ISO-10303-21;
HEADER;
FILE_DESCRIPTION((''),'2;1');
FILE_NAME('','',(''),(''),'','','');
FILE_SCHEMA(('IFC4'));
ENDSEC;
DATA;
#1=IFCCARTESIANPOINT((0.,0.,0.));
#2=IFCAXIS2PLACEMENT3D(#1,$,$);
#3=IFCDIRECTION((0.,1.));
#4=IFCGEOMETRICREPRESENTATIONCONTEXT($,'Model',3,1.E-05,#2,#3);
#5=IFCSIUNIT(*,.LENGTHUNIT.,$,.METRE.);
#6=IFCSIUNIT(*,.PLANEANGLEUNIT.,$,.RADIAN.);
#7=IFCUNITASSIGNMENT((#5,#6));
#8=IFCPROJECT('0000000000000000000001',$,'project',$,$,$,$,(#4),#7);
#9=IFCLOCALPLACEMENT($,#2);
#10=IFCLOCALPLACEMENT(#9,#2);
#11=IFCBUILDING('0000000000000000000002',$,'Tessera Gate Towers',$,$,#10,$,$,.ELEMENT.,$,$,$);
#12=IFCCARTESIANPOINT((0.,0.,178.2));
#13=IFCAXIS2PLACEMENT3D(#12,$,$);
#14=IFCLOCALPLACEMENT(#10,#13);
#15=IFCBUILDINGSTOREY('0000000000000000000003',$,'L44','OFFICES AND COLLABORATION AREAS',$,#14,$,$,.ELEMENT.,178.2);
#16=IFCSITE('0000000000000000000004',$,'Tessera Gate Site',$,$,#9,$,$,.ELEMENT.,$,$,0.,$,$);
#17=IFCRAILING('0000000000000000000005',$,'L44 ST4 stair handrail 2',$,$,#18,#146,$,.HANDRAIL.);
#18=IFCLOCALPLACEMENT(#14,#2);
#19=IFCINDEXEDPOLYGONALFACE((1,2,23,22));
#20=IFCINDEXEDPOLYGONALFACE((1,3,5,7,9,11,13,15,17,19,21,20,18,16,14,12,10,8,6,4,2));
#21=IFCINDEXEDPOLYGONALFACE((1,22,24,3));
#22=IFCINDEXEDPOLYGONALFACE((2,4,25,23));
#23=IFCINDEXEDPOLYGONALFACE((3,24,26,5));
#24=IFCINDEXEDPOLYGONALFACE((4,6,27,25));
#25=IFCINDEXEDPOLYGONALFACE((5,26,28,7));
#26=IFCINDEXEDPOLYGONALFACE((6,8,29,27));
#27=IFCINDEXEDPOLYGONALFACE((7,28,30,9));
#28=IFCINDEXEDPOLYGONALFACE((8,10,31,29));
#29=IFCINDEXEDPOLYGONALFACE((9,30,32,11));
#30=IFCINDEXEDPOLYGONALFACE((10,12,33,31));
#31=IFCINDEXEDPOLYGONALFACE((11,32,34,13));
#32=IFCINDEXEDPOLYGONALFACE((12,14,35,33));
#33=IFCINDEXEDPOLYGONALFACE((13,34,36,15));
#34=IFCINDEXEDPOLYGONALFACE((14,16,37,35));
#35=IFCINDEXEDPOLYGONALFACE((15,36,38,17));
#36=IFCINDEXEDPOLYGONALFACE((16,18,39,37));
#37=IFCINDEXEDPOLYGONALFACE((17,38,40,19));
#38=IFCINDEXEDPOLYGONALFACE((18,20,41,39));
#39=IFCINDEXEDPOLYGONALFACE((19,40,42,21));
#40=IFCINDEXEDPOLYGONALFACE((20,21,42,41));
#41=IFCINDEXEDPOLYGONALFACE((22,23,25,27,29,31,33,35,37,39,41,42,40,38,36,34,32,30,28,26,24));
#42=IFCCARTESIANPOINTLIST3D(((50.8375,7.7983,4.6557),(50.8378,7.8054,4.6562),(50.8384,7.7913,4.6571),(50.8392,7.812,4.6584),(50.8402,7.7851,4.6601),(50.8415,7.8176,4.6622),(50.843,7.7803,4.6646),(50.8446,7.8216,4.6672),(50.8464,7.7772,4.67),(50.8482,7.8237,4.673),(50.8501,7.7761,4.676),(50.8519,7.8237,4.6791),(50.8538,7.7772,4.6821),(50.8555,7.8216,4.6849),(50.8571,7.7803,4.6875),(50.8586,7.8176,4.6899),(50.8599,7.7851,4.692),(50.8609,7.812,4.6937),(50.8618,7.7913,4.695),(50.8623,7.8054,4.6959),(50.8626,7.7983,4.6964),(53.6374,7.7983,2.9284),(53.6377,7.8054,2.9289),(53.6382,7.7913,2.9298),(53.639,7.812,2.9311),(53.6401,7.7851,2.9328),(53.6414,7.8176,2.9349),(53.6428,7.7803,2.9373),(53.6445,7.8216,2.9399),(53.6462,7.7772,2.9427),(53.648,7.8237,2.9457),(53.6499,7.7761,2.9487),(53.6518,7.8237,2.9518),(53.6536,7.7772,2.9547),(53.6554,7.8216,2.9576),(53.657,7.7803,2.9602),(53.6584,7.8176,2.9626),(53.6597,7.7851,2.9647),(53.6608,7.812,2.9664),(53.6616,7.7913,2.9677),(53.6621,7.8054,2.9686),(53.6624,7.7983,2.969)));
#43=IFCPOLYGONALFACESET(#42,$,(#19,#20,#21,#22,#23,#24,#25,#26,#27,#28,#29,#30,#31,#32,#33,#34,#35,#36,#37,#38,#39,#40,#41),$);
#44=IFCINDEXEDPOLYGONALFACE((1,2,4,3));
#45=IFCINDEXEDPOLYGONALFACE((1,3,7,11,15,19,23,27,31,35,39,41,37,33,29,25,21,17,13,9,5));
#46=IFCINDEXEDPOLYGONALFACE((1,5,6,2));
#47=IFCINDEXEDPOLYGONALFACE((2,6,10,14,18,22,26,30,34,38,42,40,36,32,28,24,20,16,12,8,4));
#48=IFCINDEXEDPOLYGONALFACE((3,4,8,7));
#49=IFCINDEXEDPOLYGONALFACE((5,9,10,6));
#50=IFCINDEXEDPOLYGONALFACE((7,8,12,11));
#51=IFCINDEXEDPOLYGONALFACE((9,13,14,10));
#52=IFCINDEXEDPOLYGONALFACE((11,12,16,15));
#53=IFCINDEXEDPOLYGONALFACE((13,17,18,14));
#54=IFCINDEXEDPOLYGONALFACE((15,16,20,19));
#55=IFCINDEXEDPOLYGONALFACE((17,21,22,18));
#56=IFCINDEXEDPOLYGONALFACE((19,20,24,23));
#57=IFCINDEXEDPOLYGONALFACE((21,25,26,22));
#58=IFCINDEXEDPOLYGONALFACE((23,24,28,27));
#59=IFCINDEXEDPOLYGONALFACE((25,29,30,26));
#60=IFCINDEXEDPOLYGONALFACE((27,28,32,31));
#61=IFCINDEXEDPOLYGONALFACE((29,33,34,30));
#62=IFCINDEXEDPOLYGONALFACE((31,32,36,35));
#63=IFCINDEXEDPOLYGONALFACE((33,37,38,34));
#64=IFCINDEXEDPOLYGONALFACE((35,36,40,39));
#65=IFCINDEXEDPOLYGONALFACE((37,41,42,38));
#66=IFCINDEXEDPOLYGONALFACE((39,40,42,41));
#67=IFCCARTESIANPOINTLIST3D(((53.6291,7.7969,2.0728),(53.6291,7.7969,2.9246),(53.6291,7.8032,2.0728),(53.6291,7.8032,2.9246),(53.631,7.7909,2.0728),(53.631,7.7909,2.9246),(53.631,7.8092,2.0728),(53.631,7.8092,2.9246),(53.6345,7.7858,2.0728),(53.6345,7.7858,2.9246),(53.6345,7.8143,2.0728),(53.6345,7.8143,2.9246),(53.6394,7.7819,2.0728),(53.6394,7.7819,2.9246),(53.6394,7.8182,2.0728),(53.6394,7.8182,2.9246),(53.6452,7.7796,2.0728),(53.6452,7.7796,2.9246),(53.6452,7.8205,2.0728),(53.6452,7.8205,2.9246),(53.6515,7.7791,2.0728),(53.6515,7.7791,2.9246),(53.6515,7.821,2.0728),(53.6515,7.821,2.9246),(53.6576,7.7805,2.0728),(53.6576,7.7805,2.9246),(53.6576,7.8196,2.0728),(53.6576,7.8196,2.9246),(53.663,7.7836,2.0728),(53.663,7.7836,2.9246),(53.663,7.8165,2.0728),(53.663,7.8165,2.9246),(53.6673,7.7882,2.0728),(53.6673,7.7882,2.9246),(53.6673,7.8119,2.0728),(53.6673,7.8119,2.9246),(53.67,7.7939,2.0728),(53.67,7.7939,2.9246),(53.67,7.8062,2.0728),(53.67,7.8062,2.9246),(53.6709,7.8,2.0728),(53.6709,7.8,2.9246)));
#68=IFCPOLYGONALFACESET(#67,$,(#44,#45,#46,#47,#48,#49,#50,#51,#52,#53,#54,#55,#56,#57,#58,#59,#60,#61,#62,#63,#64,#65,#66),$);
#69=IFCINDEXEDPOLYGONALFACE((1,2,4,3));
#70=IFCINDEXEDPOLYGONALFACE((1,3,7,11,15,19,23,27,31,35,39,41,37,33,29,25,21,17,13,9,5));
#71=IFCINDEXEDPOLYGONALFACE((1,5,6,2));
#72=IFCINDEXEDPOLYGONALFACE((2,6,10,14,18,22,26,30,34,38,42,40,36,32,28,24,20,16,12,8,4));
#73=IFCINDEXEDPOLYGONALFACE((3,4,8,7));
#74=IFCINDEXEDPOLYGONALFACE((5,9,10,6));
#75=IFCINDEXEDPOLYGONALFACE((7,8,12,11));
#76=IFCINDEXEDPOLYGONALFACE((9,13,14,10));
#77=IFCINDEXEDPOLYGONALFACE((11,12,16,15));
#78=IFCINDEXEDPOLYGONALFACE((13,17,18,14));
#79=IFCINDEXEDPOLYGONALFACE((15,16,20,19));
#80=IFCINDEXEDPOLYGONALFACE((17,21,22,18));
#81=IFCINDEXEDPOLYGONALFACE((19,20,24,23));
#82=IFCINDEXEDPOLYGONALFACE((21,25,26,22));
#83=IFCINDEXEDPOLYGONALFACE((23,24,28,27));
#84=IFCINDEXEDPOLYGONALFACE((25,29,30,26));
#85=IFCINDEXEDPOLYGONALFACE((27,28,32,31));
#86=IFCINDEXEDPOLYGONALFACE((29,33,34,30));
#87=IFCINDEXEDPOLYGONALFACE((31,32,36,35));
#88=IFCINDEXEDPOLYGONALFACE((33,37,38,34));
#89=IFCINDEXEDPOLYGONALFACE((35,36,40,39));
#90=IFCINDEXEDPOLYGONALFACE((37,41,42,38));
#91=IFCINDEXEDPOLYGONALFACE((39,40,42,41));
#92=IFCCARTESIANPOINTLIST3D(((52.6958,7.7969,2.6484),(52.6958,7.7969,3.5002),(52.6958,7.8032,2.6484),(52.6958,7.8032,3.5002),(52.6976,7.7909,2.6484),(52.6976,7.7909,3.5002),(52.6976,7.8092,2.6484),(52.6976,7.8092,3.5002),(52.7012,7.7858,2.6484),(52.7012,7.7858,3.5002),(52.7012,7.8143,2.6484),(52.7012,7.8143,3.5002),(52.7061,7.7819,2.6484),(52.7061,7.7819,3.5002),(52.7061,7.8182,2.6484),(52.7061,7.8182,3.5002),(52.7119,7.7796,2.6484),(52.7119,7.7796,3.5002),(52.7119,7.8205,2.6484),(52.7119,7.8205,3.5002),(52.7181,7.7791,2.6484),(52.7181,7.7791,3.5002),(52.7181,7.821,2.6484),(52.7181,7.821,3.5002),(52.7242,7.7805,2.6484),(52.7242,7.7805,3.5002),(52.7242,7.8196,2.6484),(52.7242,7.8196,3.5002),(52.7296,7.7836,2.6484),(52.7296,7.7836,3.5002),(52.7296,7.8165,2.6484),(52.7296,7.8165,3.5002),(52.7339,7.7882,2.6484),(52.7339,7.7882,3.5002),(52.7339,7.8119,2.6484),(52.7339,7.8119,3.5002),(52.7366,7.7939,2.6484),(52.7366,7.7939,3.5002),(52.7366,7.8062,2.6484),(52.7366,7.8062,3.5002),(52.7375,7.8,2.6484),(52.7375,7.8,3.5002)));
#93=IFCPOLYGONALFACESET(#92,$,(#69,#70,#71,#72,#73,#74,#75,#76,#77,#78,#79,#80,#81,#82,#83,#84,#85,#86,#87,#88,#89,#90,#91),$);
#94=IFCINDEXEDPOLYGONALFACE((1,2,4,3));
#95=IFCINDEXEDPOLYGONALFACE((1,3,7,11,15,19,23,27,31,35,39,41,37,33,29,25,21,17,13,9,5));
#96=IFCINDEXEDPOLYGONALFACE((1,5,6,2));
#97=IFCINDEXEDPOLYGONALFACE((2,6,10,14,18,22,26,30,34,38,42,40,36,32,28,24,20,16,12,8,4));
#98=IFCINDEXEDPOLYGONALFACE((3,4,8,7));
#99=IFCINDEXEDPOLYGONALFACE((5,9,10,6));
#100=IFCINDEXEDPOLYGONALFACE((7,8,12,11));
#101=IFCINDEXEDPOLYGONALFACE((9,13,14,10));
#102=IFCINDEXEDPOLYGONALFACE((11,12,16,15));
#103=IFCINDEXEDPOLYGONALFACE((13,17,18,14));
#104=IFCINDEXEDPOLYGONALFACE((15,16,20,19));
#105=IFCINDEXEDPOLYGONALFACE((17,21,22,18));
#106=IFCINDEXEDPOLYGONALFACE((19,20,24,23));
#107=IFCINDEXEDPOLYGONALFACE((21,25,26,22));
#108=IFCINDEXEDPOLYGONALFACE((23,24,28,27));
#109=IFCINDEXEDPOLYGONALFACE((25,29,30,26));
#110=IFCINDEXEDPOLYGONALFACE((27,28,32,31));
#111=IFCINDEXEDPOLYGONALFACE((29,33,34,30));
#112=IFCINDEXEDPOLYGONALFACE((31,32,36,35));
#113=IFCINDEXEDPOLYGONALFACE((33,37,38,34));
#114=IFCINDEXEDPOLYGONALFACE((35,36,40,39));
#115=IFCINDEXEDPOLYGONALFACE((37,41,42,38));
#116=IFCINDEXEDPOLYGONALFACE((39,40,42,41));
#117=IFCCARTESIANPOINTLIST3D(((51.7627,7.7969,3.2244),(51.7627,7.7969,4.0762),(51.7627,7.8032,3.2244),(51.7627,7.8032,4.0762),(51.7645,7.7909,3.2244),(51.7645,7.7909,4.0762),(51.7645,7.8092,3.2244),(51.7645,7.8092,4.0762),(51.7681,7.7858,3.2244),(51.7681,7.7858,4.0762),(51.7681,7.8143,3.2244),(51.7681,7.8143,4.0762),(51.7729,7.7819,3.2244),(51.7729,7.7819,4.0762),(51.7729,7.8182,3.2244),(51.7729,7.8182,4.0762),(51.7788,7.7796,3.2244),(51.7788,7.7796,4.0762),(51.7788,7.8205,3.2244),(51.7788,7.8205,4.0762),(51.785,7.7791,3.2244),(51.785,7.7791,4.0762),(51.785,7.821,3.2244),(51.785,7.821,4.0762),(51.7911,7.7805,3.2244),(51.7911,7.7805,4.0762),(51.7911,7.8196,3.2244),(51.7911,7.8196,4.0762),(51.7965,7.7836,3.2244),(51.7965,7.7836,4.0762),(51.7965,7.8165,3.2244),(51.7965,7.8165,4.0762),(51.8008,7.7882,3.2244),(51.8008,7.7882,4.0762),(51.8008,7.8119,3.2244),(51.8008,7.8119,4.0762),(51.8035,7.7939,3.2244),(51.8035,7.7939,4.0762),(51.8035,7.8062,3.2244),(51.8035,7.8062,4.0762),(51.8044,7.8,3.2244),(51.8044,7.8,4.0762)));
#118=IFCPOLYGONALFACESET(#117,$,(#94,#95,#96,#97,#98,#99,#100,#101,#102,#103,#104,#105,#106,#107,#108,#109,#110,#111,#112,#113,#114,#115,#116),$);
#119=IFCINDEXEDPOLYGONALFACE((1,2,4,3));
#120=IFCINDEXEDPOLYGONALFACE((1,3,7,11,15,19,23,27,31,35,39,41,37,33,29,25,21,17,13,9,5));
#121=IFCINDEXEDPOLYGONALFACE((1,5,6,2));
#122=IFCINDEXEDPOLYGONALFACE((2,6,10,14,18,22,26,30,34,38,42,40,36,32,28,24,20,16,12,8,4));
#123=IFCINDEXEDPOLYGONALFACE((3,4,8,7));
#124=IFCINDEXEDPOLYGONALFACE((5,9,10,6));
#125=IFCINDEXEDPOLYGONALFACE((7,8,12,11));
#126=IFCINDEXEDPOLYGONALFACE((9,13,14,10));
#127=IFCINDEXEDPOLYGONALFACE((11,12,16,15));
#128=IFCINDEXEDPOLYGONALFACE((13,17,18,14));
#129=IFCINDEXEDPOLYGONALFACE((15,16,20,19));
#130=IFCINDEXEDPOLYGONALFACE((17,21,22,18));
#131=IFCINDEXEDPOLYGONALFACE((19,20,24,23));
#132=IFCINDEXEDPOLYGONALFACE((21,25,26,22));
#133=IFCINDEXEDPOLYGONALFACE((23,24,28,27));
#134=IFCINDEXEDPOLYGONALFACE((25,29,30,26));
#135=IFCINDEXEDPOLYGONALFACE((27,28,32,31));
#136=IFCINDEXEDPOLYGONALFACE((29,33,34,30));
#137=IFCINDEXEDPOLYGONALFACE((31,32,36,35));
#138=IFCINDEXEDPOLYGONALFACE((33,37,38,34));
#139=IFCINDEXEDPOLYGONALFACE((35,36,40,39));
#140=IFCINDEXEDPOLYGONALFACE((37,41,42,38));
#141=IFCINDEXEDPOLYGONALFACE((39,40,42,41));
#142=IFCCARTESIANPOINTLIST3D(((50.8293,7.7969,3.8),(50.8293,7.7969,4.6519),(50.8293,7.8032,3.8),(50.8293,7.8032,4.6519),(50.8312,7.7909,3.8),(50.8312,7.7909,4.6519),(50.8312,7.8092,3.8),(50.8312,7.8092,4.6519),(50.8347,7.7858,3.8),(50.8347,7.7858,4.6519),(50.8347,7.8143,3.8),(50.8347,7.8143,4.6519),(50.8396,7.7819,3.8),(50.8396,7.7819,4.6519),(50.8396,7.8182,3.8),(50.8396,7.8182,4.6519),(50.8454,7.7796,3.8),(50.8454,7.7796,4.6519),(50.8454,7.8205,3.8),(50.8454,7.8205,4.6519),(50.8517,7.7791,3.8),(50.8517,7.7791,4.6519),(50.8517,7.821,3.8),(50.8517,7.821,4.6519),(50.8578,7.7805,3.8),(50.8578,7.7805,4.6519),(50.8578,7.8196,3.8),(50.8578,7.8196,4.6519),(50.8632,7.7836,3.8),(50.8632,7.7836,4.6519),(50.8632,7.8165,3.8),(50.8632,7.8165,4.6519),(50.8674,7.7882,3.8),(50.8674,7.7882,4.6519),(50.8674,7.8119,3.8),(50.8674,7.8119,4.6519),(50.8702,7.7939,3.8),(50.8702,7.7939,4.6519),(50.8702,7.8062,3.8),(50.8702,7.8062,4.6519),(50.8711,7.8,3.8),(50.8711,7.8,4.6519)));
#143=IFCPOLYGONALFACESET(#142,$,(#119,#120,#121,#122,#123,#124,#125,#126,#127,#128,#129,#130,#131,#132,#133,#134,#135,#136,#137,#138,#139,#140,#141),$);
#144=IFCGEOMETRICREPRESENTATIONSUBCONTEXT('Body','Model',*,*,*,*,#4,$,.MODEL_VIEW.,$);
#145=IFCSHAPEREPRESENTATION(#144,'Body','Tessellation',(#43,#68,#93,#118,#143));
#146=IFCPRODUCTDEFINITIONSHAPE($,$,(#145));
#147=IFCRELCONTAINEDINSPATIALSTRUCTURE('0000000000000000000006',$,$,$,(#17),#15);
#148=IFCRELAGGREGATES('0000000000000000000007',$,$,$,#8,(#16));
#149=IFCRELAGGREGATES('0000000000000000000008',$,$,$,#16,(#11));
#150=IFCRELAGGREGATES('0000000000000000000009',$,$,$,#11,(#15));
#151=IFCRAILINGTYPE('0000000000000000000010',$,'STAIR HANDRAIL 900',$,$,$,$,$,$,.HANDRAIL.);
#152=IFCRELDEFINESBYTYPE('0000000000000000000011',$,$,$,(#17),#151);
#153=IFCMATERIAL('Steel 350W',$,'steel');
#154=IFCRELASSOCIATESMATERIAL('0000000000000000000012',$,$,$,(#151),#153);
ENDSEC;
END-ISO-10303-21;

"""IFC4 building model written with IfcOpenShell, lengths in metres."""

from ifc_helpers import new_model, si_unit, direction, frame, origin, origin_2d, place, context, subcontext, project, spatial, circle, extrude, material, type_object, element, save


model = new_model("IFC4")

# Units and contexts
model_context = context("Model", 3, precision=1e-05, world=origin(), true_north=direction((0.0, 1.0)))
body_context = subcontext(model_context, "Body", "Model", "MODEL_VIEW")
ifc_project = project(units=[si_unit("LENGTHUNIT", "METRE"), si_unit("PLANEANGLEUNIT", "RADIAN")], contexts=[model_context])

# Site, building, storey
site_placement = place(None, origin())
site = spatial("IfcSite", under=ifc_project, at=site_placement, Name="Tessera Gate Site", CompositionType="ELEMENT", RefElevation=0.0)
building_placement = place(site_placement, origin())
building = spatial("IfcBuilding", under=site, at=building_placement, Name="Tessera Gate Towers", CompositionType="ELEMENT")
storey_placement = place(building_placement, frame((0.0, 0.0, 178.2)))
storey = spatial("IfcBuildingStorey", under=building, at=storey_placement, Name="L44", Description="OFFICES AND COLLABORATION AREAS", CompositionType="ELEMENT", Elevation=178.2)

# Railing
ifc_material_1 = material(Name="Steel 350W", Category="steel")
railing_type_1 = type_object("IfcRailingType", Name="STAIR HANDRAIL 900", PredefinedType="HANDRAIL", material=ifc_material_1)
railing_1_placement = place(storey_placement, frame((53.6499, 7.8, 2.0728)))
element("IfcRailing", 1, at=railing_1_placement, inside=storey, type_object=railing_type_1, Name="L44 ST4 stair handrail 2", PredefinedType="HANDRAIL", context=body_context, shape_type="SweptSolid", body=[
    extrude(circle(Radius=0.0239, at=origin_2d()), frame((0.0, 0.0, 0.876), z_axis=(-0.851069, 0.0, 0.525054), x_axis=(0.0, -1.0, 0.0)), (0.0, 0.0, 1.0), 3.2898),
    extrude(circle(Radius=0.021, at=origin_2d()), origin(), (0.0, 0.0, 1.0), 0.8518),
    extrude(circle(Radius=0.021, at=origin_2d()), frame((-0.9333, 0.0, 0.5757)), (0.0, 0.0, 1.0), 0.8518),
    extrude(circle(Radius=0.021, at=origin_2d()), frame((-1.8665, 0.0, 1.1516)), (0.0, 0.0, 1.0), 0.8518),
    extrude(circle(Radius=0.021, at=origin_2d()), frame((-2.7998, 0.0, 1.7273)), (0.0, 0.0, 1.0), 0.8518),
])

save(model, "model.ifc")
